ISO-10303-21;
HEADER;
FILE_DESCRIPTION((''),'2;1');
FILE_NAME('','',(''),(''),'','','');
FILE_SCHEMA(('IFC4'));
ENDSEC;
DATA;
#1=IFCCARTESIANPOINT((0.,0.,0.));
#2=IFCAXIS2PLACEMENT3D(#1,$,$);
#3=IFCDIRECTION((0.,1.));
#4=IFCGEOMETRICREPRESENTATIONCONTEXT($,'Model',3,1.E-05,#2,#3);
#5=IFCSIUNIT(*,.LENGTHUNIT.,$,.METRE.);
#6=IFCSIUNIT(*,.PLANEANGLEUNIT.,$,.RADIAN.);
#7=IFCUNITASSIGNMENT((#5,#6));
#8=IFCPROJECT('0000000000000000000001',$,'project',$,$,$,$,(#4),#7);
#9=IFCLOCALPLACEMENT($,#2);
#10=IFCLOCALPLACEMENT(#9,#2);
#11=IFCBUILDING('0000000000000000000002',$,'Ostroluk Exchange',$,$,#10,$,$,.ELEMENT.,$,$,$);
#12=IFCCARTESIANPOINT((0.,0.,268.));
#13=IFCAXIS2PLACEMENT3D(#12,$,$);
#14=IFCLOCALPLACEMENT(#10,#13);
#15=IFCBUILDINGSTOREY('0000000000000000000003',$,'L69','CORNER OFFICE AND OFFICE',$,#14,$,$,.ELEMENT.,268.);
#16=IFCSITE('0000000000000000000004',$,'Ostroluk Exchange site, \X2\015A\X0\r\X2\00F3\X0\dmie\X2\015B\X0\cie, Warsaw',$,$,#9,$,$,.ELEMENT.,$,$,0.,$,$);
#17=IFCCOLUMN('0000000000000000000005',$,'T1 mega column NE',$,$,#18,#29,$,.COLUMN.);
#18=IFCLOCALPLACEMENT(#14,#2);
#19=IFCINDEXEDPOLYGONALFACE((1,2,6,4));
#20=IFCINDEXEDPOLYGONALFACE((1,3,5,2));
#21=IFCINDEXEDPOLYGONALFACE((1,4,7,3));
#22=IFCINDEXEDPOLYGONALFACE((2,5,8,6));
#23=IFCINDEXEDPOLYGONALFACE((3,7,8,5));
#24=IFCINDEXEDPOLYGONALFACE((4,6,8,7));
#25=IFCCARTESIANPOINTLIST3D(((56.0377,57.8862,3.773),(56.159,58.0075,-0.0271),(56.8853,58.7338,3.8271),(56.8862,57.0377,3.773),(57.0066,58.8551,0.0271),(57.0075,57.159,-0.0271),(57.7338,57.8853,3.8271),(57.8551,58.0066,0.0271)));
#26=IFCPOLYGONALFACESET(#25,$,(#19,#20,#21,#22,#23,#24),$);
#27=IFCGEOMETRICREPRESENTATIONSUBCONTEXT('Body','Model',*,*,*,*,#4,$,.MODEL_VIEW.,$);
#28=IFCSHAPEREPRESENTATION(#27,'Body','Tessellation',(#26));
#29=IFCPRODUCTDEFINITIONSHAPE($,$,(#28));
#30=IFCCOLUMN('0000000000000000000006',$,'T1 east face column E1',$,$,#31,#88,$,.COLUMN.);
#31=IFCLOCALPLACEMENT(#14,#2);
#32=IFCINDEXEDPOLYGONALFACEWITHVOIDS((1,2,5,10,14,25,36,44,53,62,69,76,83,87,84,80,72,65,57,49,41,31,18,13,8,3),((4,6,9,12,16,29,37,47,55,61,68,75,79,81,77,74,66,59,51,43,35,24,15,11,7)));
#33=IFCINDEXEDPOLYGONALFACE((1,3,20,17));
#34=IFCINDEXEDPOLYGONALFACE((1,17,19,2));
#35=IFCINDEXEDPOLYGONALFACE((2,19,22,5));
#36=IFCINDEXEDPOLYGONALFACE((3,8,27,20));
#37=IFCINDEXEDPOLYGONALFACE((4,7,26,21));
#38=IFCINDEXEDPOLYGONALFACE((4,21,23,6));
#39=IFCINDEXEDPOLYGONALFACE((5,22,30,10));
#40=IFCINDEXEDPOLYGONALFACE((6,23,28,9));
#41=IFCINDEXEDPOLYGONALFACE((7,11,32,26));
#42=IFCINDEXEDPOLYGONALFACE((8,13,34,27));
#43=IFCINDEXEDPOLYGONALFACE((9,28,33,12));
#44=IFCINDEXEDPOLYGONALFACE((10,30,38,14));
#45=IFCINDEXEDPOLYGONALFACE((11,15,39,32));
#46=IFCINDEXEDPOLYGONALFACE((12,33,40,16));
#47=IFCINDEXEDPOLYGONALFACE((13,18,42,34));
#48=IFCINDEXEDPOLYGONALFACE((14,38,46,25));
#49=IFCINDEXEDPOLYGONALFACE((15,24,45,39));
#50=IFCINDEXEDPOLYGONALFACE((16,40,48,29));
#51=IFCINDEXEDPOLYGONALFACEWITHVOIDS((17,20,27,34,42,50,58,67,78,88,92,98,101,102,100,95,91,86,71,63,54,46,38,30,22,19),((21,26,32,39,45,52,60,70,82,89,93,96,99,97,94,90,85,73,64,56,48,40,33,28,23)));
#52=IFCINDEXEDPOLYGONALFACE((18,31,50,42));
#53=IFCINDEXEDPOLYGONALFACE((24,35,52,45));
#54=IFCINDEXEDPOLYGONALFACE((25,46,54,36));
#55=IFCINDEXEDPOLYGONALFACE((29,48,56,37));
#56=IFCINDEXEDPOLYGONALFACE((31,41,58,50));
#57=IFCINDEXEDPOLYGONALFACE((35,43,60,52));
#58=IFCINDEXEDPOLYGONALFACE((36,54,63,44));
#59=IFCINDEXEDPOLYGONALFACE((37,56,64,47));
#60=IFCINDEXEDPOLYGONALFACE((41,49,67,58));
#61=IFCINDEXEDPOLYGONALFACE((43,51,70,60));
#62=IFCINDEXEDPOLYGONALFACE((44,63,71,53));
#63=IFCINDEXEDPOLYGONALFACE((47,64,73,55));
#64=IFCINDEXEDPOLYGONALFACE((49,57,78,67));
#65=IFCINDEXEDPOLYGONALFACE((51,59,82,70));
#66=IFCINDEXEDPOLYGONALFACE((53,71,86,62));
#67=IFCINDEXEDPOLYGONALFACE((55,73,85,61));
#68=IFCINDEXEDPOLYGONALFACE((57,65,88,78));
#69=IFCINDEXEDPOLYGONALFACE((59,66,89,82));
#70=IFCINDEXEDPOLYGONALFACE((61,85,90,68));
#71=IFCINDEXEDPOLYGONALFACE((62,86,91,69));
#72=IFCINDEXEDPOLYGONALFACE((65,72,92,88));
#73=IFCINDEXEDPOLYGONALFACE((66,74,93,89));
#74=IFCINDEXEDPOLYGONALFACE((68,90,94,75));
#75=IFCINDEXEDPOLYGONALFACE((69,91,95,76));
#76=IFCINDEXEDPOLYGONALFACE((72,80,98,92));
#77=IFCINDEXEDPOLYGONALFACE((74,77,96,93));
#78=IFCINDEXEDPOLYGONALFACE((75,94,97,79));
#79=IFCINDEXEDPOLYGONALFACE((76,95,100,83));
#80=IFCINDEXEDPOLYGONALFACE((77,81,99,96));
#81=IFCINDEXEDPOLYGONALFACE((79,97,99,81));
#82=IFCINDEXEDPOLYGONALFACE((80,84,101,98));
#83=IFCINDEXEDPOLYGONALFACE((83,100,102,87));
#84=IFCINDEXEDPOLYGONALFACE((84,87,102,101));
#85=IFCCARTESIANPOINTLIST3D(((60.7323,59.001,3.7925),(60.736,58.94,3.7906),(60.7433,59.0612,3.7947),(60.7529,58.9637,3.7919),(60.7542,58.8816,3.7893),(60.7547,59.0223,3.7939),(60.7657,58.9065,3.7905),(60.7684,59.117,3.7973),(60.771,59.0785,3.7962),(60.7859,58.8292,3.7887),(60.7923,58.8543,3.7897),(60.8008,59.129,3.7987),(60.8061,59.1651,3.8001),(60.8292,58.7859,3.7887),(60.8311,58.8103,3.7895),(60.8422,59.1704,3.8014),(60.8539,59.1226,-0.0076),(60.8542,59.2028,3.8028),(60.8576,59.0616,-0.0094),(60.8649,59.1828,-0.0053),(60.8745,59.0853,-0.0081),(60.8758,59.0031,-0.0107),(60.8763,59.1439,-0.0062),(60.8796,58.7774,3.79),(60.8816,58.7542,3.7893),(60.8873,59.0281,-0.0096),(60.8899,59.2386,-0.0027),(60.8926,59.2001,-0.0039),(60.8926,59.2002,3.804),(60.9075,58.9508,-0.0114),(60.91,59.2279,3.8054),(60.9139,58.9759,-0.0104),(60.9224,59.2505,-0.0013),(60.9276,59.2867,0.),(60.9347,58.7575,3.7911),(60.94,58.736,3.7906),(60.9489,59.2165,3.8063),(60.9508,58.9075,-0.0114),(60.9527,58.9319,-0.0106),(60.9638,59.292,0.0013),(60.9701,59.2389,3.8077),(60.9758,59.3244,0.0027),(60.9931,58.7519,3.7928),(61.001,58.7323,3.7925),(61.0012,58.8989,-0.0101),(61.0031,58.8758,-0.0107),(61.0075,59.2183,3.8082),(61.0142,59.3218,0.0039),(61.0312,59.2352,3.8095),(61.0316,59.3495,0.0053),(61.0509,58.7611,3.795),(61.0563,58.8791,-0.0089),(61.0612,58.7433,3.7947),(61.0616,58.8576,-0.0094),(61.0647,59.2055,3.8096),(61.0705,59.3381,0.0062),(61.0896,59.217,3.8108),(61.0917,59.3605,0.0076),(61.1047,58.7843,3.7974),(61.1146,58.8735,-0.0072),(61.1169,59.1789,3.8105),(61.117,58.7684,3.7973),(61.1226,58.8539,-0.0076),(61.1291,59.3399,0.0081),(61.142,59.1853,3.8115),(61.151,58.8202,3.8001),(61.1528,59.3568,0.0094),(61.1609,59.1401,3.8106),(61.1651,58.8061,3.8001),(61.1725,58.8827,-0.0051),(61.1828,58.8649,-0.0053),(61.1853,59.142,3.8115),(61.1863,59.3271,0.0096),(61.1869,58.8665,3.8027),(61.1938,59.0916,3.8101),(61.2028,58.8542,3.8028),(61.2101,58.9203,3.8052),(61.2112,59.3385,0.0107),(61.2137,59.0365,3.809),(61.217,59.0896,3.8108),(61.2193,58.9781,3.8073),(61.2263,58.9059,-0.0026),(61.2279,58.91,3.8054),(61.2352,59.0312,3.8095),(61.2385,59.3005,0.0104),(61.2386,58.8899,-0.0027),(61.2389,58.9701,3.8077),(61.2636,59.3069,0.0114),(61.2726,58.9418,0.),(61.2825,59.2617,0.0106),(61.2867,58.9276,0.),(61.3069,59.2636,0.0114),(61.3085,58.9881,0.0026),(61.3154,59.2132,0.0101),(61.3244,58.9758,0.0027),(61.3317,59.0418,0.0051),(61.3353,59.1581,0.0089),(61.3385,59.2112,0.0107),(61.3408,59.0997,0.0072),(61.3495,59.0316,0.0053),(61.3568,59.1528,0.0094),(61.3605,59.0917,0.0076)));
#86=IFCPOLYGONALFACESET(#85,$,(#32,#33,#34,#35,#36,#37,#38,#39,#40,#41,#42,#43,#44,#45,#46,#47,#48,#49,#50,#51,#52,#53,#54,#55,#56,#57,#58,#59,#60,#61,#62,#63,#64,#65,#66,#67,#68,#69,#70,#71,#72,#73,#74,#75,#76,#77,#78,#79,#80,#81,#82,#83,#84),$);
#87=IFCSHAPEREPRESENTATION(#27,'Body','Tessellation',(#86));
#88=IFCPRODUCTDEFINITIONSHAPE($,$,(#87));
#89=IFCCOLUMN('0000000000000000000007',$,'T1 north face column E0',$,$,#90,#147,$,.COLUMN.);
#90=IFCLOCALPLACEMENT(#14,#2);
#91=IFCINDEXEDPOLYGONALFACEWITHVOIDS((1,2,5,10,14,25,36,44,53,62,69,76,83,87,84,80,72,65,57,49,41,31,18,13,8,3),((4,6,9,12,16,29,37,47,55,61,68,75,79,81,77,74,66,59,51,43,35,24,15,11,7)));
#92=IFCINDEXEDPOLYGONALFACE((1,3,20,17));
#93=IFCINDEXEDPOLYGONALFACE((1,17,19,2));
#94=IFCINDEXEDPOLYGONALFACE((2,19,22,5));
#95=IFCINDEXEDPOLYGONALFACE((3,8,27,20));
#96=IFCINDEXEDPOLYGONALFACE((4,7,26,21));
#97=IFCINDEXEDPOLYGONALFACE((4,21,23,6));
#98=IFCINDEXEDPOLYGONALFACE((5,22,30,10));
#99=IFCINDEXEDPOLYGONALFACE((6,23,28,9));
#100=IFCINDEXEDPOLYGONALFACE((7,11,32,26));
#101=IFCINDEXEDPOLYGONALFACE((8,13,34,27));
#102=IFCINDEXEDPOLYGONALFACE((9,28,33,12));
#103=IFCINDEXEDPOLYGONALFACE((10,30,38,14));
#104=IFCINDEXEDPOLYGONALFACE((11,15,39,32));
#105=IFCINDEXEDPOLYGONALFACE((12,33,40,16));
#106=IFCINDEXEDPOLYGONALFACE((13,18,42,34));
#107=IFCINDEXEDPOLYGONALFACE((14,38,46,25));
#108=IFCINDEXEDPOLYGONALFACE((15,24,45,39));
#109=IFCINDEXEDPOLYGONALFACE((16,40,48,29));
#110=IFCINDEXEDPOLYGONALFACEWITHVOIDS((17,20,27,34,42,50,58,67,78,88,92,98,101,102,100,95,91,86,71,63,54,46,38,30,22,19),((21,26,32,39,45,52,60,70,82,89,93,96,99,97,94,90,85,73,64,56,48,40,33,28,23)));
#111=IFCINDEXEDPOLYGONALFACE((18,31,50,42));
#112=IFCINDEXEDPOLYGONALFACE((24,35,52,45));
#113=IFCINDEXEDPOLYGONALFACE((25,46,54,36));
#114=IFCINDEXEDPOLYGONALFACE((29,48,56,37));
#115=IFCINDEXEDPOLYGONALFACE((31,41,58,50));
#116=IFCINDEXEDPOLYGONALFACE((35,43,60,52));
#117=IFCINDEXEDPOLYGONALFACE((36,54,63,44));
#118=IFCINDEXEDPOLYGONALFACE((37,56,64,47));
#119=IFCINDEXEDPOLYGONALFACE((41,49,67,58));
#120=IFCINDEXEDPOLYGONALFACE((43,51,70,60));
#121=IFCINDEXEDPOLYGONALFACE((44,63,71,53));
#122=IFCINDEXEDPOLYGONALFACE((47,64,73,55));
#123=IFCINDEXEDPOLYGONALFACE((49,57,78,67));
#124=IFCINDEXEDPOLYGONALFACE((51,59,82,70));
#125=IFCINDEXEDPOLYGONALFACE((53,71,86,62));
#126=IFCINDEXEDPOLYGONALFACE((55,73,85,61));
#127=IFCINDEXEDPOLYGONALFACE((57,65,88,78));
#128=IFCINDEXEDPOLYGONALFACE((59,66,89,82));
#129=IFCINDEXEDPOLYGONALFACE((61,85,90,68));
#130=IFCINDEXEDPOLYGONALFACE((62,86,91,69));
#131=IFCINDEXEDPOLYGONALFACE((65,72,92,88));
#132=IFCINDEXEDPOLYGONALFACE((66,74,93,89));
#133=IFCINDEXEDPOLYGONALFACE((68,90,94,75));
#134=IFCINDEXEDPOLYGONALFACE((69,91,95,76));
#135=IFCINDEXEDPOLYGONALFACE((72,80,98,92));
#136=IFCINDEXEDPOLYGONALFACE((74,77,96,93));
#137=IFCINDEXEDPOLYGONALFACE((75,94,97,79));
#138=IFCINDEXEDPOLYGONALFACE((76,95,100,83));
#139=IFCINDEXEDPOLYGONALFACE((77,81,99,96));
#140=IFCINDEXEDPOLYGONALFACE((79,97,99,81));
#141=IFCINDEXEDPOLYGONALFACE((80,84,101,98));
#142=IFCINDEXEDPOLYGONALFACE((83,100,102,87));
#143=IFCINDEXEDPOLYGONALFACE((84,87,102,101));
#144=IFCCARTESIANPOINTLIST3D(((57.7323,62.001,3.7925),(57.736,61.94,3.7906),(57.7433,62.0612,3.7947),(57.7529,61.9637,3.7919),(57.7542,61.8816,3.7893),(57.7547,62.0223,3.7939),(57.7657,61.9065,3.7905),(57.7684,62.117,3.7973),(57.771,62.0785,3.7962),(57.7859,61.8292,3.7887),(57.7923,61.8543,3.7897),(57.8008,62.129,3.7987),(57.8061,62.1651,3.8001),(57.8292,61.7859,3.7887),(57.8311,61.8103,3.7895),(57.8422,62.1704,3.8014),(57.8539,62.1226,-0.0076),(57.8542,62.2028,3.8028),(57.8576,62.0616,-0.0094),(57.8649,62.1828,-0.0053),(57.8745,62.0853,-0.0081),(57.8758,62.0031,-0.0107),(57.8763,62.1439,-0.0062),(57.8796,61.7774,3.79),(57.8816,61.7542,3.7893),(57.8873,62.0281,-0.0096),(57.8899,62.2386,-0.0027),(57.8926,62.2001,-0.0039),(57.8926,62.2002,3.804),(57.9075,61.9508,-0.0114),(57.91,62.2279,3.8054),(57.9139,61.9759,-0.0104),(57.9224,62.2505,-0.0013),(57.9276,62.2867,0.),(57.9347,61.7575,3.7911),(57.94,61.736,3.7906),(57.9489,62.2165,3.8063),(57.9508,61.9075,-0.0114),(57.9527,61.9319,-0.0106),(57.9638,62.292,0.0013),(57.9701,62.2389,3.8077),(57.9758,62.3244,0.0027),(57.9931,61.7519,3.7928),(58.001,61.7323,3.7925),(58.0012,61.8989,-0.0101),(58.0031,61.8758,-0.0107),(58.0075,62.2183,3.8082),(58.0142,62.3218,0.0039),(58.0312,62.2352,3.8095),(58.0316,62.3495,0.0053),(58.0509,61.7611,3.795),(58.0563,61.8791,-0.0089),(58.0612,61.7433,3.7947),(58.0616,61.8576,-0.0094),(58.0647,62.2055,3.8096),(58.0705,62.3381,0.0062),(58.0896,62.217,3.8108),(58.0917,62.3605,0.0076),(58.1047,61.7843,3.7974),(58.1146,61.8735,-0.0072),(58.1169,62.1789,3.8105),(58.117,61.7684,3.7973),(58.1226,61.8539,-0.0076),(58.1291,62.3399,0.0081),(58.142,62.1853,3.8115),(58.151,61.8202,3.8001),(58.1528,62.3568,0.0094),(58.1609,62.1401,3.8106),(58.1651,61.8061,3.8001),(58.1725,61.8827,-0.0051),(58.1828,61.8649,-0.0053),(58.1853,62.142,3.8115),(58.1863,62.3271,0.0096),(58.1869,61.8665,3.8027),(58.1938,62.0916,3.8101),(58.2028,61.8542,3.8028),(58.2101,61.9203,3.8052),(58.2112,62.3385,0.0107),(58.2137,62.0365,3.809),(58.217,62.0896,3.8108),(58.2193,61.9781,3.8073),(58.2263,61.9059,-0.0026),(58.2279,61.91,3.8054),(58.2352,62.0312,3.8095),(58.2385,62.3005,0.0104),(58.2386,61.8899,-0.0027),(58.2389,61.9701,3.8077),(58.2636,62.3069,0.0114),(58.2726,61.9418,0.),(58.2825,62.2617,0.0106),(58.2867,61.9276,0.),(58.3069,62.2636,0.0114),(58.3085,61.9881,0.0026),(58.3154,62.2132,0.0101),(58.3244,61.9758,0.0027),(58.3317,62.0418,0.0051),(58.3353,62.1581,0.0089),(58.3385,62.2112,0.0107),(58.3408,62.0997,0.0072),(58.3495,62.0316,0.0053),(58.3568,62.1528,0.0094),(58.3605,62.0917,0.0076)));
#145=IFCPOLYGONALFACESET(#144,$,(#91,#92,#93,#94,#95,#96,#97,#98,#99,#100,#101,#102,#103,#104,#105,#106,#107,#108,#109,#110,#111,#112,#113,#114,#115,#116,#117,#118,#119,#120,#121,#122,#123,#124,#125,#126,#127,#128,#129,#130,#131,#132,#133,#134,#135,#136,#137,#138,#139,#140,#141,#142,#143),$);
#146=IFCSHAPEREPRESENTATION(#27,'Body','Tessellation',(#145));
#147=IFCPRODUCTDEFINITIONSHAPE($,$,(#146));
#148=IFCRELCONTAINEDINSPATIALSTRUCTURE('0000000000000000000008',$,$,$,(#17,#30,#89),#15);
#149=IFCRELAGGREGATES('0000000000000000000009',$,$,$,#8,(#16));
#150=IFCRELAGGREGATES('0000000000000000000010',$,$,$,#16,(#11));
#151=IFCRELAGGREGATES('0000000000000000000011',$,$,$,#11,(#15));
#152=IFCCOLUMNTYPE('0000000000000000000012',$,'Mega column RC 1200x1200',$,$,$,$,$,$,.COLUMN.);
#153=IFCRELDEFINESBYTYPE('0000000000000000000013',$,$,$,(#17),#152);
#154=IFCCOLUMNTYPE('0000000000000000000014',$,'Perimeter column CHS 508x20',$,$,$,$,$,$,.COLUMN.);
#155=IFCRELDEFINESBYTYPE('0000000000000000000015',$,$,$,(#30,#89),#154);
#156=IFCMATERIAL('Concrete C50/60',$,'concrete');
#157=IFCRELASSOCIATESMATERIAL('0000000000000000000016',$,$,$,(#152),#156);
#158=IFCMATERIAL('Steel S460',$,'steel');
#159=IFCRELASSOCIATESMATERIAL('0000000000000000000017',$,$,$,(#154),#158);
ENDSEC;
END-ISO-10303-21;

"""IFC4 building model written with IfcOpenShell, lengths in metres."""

from ifc_helpers import new_model, si_unit, direction, frame, origin, origin_2d, place, context, subcontext, project, spatial, rectangle, hollow_circle, extrude, material, material_profile, profile_set, type_object, element, save


model = new_model("IFC4")

# Units and contexts
model_context = context("Model", 3, precision=1e-05, world=origin(), true_north=direction((0.0, 1.0)))
body_context = subcontext(model_context, "Body", "Model", "MODEL_VIEW")
ifc_project = project(units=[si_unit("LENGTHUNIT", "METRE"), si_unit("PLANEANGLEUNIT", "RADIAN")], contexts=[model_context])

# Site, building, storey
site_placement = place(None, origin())
site = spatial("IfcSite", under=ifc_project, at=site_placement, Name="Ostroluk Exchange site, Śródmieście, Warsaw", CompositionType="ELEMENT", RefElevation=0.0)
building_placement = place(site_placement, origin())
building = spatial("IfcBuilding", under=site, at=building_placement, Name="Ostroluk Exchange", CompositionType="ELEMENT")
storey_placement = place(building_placement, frame((0.0, 0.0, 268.0)))
storey = spatial("IfcBuildingStorey", under=building, at=storey_placement, Name="L69", Description="CORNER OFFICE AND OFFICE", CompositionType="ELEMENT", Elevation=268.0)

# Columns
ifc_material_1 = material(Name="Concrete C50/60", Category="concrete")
ifc_material_profile_1 = material_profile(ifc_material_1, rectangle(XDim=1.2, YDim=1.2, at=origin_2d()), Name="RC 1200x1200")
ifc_profile_set_1 = profile_set([ifc_material_profile_1], Name="Concrete C50/60")
column_type_1 = type_object("IfcColumnType", Name="Mega column RC 1200x1200", PredefinedType="COLUMN", material=ifc_profile_set_1)
column_1_placement = place(storey_placement, frame((57.0071, 58.0071, 0.0), z_axis=(-0.031898, -0.031898, 0.998982), x_axis=(0.707107, -0.707107, 0.0)))
element("IfcColumn", 1, at=column_1_placement, inside=storey, type_object=column_type_1, Name="T1 mega column NE", PredefinedType="COLUMN", context=body_context, shape_type="SweptSolid", body=[
    extrude(rectangle(XDim=1.2, YDim=1.2, at=origin_2d()), origin(), (0.0, 0.0, 1.0), 3.804),
])
ifc_material_2 = material(Name="Steel S460", Category="steel")
ifc_material_profile_2 = material_profile(ifc_material_2, hollow_circle(Radius=0.2539, WallThickness=0.02, at=origin_2d()), Name="CHS 508x20")
ifc_profile_set_2 = profile_set([ifc_material_profile_2], Name="Steel S460")
column_type_2 = type_object("IfcColumnType", Name="Perimeter column CHS 508x20", PredefinedType="COLUMN", material=ifc_profile_set_2)
for number, where, z_axis, x_axis, name in (
    (2, (61.1072, 59.1072, 0.0), (-0.031962, -0.031962, 0.998978), (0.707107, -0.707107, 0.0), "T1 east face column E1"),
    (3, (58.1072, 62.1072, 0.0), (-0.031962, -0.031962, 0.998978), (0.707107, -0.707107, 0.0), "T1 north face column E0"),
):
    element("IfcColumn", number, at=place(storey_placement, frame(where, z_axis=z_axis, x_axis=x_axis)), inside=storey, type_object=column_type_2, Name=name, PredefinedType="COLUMN", context=body_context, shape_type="SweptSolid", body=[
        extrude(hollow_circle(Radius=0.2539, WallThickness=0.02, at=origin_2d()), origin(), (0.0, 0.0, 1.0), 3.804),
    ])

save(model, "model.ifc")
